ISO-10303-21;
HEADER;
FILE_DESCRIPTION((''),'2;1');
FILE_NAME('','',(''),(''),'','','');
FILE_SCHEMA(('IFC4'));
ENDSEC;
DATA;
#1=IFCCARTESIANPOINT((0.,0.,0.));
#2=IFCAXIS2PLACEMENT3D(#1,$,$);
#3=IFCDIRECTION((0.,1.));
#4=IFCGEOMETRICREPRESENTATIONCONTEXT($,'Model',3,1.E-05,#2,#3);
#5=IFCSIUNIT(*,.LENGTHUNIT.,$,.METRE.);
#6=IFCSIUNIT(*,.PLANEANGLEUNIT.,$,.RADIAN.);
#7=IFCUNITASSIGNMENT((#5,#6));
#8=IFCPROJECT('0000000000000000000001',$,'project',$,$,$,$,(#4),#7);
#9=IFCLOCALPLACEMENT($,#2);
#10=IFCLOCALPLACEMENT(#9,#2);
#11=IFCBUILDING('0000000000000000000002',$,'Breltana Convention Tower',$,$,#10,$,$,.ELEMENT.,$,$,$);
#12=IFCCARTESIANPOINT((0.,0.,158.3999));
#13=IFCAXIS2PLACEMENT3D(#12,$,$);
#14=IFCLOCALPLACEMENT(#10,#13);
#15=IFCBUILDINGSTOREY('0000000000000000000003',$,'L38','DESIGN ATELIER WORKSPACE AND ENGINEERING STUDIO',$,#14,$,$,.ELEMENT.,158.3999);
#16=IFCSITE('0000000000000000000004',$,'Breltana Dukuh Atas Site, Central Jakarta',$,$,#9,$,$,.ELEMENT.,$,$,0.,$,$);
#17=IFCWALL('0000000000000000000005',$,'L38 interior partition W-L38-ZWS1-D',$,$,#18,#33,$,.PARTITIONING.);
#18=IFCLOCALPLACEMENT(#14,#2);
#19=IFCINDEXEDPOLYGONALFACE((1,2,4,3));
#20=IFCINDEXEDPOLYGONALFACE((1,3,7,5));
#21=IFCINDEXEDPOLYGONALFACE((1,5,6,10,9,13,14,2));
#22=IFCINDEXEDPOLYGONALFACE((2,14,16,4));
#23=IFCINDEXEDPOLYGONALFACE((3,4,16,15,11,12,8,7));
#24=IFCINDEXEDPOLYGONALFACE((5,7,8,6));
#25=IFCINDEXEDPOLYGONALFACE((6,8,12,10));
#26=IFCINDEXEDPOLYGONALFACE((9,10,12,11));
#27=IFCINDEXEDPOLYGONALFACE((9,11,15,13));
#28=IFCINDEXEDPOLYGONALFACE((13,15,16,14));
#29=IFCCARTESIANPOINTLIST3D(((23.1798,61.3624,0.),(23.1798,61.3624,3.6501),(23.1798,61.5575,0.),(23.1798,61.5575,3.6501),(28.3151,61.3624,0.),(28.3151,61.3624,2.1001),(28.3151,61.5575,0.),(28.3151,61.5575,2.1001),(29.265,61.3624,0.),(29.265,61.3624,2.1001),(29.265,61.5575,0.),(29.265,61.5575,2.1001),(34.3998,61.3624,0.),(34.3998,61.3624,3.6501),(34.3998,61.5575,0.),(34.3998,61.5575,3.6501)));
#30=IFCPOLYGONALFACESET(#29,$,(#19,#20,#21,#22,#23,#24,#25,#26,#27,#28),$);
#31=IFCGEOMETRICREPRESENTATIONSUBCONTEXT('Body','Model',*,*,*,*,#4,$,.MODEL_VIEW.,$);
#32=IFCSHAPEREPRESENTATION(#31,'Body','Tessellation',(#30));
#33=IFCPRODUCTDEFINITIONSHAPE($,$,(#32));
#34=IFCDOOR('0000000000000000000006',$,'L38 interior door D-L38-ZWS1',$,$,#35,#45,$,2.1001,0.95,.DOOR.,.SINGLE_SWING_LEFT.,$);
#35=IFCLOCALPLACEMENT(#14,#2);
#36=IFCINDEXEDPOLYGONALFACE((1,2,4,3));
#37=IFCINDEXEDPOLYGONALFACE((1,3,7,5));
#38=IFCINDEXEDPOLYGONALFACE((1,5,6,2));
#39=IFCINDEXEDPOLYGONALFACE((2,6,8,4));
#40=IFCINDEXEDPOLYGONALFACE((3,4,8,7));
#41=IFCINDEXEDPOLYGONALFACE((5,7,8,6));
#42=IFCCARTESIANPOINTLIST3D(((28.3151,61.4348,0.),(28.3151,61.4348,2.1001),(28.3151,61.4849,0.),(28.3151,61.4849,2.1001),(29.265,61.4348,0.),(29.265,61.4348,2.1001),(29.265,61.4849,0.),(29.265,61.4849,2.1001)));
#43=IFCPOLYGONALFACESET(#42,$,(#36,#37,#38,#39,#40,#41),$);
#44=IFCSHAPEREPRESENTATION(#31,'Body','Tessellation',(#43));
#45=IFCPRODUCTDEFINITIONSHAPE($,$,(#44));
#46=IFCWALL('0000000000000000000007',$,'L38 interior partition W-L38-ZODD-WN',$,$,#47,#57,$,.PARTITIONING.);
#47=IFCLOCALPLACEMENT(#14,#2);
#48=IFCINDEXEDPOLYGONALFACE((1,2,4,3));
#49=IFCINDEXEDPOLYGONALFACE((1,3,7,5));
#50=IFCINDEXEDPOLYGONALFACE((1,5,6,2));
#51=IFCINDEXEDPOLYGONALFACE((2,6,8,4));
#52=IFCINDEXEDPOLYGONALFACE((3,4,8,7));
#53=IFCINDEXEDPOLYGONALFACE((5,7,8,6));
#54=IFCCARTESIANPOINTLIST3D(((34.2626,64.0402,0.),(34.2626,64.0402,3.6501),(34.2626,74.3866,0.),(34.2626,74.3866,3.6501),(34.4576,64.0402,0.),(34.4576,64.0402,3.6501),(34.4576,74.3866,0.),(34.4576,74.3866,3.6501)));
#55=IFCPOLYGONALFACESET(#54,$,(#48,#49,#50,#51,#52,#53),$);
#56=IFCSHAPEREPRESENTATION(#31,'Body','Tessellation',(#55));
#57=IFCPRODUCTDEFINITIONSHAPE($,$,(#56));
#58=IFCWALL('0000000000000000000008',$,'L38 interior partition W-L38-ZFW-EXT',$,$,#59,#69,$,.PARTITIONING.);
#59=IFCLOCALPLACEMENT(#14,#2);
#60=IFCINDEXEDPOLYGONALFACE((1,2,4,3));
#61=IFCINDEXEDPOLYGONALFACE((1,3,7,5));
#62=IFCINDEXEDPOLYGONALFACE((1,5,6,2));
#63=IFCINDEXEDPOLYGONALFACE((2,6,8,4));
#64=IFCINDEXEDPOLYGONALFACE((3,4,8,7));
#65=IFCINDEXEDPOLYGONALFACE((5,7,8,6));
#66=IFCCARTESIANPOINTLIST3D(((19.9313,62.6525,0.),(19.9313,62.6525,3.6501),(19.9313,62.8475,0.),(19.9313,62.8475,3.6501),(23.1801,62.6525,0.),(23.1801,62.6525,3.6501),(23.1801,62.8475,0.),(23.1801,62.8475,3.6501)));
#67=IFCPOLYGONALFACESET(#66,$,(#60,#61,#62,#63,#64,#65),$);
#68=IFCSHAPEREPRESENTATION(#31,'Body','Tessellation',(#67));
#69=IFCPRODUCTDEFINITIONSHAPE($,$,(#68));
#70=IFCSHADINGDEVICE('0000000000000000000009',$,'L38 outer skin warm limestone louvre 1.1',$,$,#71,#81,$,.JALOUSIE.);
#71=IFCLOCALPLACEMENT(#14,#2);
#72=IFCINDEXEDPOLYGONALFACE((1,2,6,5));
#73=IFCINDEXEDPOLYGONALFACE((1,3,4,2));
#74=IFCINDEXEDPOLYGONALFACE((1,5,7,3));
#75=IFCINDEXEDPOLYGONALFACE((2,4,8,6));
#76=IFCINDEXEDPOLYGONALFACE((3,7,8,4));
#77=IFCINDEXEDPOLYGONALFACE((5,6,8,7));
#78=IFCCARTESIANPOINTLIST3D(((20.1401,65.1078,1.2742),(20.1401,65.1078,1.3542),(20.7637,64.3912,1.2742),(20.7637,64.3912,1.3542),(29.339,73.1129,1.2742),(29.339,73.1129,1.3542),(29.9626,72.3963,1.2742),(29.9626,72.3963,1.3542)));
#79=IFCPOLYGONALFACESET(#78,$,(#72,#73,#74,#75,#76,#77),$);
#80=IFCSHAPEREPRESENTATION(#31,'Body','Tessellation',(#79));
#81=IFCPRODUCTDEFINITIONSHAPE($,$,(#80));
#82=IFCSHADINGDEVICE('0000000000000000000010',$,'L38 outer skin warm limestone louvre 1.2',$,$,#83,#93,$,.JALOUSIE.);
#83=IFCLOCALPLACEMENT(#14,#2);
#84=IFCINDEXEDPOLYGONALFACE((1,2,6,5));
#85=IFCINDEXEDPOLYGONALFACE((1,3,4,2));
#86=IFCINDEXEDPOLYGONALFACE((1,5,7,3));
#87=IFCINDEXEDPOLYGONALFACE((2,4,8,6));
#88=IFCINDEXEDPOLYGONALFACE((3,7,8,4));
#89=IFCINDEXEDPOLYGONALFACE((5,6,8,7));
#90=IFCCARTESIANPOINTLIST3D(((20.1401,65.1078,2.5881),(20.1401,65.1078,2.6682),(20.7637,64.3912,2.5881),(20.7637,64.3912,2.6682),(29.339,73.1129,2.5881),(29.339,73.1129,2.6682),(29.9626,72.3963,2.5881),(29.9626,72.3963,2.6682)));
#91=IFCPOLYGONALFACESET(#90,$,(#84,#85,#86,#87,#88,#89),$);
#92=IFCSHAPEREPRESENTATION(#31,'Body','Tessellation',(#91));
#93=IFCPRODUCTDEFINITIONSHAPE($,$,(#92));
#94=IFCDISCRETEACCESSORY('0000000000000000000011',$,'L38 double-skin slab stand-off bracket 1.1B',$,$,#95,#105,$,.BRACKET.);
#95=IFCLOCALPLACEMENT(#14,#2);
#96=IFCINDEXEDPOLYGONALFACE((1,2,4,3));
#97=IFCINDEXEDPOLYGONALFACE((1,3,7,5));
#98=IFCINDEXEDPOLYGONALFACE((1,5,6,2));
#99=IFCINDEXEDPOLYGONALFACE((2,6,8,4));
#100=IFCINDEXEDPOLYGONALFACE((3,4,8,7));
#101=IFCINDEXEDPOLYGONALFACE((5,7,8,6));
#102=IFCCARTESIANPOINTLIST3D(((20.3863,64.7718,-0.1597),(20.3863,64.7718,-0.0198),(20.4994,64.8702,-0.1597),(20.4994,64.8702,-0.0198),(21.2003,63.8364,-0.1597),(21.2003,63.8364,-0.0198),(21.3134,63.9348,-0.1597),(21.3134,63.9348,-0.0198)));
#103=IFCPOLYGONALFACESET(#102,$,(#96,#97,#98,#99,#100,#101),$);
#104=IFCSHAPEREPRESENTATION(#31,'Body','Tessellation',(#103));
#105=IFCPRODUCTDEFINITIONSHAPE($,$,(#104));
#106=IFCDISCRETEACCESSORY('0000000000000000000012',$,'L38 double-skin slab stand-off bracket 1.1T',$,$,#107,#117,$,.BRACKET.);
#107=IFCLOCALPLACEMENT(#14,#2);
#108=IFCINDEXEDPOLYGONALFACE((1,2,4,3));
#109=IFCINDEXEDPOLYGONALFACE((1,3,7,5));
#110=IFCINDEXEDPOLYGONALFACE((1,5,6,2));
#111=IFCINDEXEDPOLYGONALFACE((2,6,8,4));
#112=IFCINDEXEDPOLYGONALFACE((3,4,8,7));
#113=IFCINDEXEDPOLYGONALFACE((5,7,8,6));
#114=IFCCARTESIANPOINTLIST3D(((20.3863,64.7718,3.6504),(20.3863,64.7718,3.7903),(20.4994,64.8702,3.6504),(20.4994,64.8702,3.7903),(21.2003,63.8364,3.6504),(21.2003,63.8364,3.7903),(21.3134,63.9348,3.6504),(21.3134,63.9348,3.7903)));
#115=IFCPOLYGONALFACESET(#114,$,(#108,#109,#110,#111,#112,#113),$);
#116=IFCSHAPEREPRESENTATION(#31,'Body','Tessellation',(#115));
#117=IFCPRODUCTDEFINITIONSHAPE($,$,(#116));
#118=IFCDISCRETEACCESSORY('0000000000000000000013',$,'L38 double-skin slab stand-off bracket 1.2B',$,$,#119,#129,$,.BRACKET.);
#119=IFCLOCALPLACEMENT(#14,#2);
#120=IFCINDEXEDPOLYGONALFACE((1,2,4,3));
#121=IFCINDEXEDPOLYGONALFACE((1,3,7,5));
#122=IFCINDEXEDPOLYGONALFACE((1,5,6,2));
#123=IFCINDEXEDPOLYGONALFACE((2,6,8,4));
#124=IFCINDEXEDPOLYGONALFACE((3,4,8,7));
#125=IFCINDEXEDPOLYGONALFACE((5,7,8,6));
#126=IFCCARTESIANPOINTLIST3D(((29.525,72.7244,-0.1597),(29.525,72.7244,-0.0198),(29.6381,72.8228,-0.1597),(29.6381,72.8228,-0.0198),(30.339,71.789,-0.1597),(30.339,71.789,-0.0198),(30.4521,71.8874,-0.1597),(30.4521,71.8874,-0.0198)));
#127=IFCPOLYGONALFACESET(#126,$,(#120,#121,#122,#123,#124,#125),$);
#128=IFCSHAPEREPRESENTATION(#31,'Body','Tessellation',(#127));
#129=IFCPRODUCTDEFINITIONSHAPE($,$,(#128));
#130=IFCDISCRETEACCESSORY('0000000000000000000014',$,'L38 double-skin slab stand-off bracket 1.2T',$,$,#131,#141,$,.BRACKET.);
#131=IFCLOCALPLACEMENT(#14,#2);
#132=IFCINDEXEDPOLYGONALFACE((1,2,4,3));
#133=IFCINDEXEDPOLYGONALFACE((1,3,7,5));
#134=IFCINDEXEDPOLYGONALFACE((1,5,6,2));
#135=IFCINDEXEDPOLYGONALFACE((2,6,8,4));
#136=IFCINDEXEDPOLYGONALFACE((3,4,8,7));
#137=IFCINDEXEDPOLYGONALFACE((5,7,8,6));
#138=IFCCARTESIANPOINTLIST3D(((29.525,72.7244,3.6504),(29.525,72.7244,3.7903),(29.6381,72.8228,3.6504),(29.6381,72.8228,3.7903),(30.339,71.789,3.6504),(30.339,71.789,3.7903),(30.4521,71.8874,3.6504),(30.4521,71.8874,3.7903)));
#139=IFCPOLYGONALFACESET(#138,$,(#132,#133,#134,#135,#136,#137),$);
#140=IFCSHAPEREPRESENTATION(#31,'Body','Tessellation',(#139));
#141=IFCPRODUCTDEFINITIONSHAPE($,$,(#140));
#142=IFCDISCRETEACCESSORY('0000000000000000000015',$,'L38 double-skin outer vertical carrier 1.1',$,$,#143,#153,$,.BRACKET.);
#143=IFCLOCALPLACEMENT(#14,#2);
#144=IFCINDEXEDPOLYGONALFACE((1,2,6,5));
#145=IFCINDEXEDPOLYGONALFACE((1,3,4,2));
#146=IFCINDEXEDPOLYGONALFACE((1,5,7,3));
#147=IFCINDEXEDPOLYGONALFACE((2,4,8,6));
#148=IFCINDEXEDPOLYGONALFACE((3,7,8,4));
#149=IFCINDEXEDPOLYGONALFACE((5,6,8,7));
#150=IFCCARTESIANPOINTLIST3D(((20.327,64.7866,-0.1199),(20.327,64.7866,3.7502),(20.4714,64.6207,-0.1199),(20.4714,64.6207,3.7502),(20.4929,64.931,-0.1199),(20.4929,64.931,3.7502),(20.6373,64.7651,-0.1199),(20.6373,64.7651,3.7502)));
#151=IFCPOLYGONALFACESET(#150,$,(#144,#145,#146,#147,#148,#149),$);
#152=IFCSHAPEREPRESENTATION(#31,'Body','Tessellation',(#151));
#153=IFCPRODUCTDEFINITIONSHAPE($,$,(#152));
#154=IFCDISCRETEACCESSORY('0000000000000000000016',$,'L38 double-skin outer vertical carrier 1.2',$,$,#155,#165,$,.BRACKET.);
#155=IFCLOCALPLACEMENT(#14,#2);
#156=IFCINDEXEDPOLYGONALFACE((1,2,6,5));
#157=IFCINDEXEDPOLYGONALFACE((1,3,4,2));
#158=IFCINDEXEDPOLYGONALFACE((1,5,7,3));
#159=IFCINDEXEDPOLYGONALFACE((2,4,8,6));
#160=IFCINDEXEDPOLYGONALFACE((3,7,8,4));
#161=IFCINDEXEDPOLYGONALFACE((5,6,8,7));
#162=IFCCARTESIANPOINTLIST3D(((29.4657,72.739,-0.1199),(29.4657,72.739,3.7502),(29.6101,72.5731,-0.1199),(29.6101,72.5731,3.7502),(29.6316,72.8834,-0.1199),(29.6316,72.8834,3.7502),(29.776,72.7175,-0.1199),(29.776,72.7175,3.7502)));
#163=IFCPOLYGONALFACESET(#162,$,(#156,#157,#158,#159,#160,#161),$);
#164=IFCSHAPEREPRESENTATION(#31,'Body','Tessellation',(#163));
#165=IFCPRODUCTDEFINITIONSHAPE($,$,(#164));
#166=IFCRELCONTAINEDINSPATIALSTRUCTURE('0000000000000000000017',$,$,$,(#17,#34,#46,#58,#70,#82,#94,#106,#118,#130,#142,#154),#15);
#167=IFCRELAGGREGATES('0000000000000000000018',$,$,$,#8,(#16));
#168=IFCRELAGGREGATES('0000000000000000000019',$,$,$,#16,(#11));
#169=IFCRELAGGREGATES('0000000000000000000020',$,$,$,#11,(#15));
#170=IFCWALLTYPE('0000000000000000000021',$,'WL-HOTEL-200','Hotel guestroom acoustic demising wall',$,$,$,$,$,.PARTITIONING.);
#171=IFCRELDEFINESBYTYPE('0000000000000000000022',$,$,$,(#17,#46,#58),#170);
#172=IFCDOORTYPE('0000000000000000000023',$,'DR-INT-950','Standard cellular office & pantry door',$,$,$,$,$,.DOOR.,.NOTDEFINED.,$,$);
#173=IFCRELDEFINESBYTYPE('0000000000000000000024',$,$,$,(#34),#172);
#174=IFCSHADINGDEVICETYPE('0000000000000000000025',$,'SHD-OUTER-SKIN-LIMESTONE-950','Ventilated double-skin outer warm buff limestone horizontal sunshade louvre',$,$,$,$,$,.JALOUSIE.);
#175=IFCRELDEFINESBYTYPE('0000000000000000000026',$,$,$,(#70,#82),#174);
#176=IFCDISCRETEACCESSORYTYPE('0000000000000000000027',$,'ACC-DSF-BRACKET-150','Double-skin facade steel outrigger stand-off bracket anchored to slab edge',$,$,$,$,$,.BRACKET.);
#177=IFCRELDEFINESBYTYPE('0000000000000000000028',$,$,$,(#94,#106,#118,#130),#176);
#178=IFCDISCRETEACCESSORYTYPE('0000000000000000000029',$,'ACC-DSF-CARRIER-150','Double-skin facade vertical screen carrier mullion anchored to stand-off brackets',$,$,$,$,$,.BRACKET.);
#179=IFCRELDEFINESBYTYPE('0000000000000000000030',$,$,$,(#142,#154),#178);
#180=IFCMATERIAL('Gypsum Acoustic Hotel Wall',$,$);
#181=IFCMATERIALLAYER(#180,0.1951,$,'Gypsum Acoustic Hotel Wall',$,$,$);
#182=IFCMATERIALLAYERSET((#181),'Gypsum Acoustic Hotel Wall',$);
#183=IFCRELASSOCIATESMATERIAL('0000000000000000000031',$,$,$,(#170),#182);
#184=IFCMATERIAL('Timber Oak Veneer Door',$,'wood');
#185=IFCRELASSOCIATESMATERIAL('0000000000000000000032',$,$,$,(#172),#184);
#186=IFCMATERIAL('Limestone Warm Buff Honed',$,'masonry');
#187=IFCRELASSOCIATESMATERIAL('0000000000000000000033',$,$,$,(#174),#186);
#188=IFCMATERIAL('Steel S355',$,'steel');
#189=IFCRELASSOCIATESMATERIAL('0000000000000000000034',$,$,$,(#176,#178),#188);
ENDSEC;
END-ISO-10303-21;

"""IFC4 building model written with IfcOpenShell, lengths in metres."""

from ifc_helpers import new_model, si_unit, direction, frame, frame_2d, origin, origin_2d, place, context, subcontext, project, spatial, rectangle, extrude, source, transform, mapped, material, layer, layer_set, material_profile, profile_set, type_object, type_shapes, element, fill, save


model = new_model("IFC4")

# Units and contexts
model_context = context("Model", 3, precision=1e-05, world=origin(), true_north=direction((0.0, 1.0)))
body_context = subcontext(model_context, "Body", "Model", "MODEL_VIEW")
ifc_project = project(units=[si_unit("LENGTHUNIT", "METRE"), si_unit("PLANEANGLEUNIT", "RADIAN")], contexts=[model_context])

# Site, building, storey
site_placement = place(None, origin())
site = spatial("IfcSite", under=ifc_project, at=site_placement, Name="Breltana Dukuh Atas Site, Central Jakarta", CompositionType="ELEMENT", RefElevation=0.0)
building_placement = place(site_placement, origin())
building = spatial("IfcBuilding", under=site, at=building_placement, Name="Breltana Convention Tower", CompositionType="ELEMENT")
storey_placement = place(building_placement, frame((0.0, 0.0, 158.3999)))
storey = spatial("IfcBuildingStorey", under=building, at=storey_placement, Name="L38", Description="DESIGN ATELIER WORKSPACE AND ENGINEERING STUDIO", CompositionType="ELEMENT", Elevation=158.3999)

# Shared definitions
ifc_material_1 = material(Name="Gypsum Acoustic Hotel Wall")
ifc_layer_1 = layer(ifc_material_1, 0.1951, Name="Gypsum Acoustic Hotel Wall")
ifc_layer_set_1 = layer_set([ifc_layer_1], Name="Gypsum Acoustic Hotel Wall")
wall_type_1 = type_object("IfcWallType", Name="WL-HOTEL-200", Description="Hotel guestroom acoustic demising wall", PredefinedType="PARTITIONING", material=ifc_layer_set_1)

# Wall, opening, door
shared_shape_1 = source(origin(), body_context, "Body", "SweptSolid", [
    extrude(rectangle(XDim=11.22, YDim=0.1951, at=frame_2d((5.6099, 0.0))), origin(), (0.0, 0.0, 1.0), 3.6501),
])
ifc_material_2 = material(Name="Timber Oak Veneer Door", Category="wood")
door_type = type_object("IfcDoorType", Name="DR-INT-950", Description="Standard cellular office & pantry door", OperationType="NOTDEFINED", PredefinedType="DOOR", material=ifc_material_2)
shared_shape_2 = source(origin(), body_context, "Body", "SweptSolid", [
    extrude(rectangle(XDim=0.95, YDim=2.1001, at=frame_2d((0.4751, 1.05))), frame((0.0, 0.0249, 0.0), z_axis=(0.0, -1.0, 0.0), x_axis=(1.0, 0.0, 0.0)), (0.0, 0.0, 1.0), 0.05),
])
type_shapes(door_type, [shared_shape_2])
wall_1_placement = place(storey_placement, frame((23.1799, 61.46, 0.0), z_axis=(0.0, 0.0, 1.0), x_axis=(1.0, 0.0, 0.0)))
wall_1 = element("IfcWall", 1, at=wall_1_placement, inside=storey, type_object=wall_type_1, Name="L38 interior partition W-L38-ZWS1-D", PredefinedType="PARTITIONING", context=body_context, shape_type="MappedRepresentation", body=[
    mapped(shared_shape_1, transform((0.0, 0.0, 0.0), scale=1.0)),
])
opening_1_placement = place(wall_1_placement, frame((5.135, 0.0, 0.0)))
opening_1 = element("IfcOpeningElement", 2, at=opening_1_placement, cuts=wall_1, PredefinedType="OPENING", context=body_context, shape_type="SweptSolid", body=[
    extrude(rectangle(XDim=0.95, YDim=2.1001, at=frame_2d((0.4751, 1.05))), frame((0.0, 0.1074, 0.0), z_axis=(0.0, -1.0, 0.0), x_axis=(1.0, 0.0, 0.0)), (0.0, 0.0, 1.0), 0.2151),
])
door_1_placement = place(opening_1_placement, origin())
door_1 = element("IfcDoor", 3, at=door_1_placement, inside=storey, type_object=door_type, Name="L38 interior door D-L38-ZWS1", OperationType="SINGLE_SWING_LEFT", OverallHeight=2.1001, OverallWidth=0.95, PredefinedType="DOOR", context=body_context, shape_type="MappedRepresentation", body=[
    mapped(shared_shape_2, transform((0.0, 0.0, 0.0), scale=1.0)),
])
fill(opening_1, door_1)

# Walls
shared_shape_3 = source(origin(), body_context, "Body", "SweptSolid", [
    extrude(rectangle(XDim=10.3464, YDim=0.1951, at=frame_2d((5.1733, 0.0))), origin(), (0.0, 0.0, 1.0), 3.6501),
])
wall_2_placement = place(storey_placement, frame((34.3601, 64.04, 0.0), z_axis=(0.0, 0.0, 1.0), x_axis=(0.0, 1.0, 0.0)))
element("IfcWall", 4, at=wall_2_placement, inside=storey, type_object=wall_type_1, Name="L38 interior partition W-L38-ZODD-WN", PredefinedType="PARTITIONING", context=body_context, shape_type="MappedRepresentation", body=[
    mapped(shared_shape_3, transform((0.0, 0.0, 0.0), scale=1.0)),
])
shared_shape_4 = source(origin(), body_context, "Body", "SweptSolid", [
    extrude(rectangle(XDim=3.2488, YDim=0.1951, at=frame_2d((1.6245, 0.0))), origin(), (0.0, 0.0, 1.0), 3.6501),
])
wall_3_placement = place(storey_placement, frame((19.9312, 62.75, 0.0), z_axis=(0.0, 0.0, 1.0), x_axis=(1.0, 0.0, 0.0)))
element("IfcWall", 5, at=wall_3_placement, inside=storey, type_object=wall_type_1, Name="L38 interior partition W-L38-ZFW-EXT", PredefinedType="PARTITIONING", context=body_context, shape_type="MappedRepresentation", body=[
    mapped(shared_shape_4, transform((0.0, 0.0, 0.0), scale=1.0)),
])

# Shading devices
ifc_material_3 = material(Name="Limestone Warm Buff Honed", Category="masonry")
ifc_material_profile_1 = material_profile(ifc_material_3, rectangle(XDim=0.95, YDim=0.0801, at=origin_2d()), Name="STN-LVR-950X80")
ifc_profile_set_1 = profile_set([ifc_material_profile_1], Name="Limestone Warm Buff Honed")
shading_device_type = type_object("IfcShadingDeviceType", Name="SHD-OUTER-SKIN-LIMESTONE-950", Description="Ventilated double-skin outer warm buff limestone horizontal sunshade louvre", PredefinedType="JALOUSIE", material=ifc_profile_set_1)
shared_shape_5 = source(origin(), body_context, "Body", "SweptSolid", [
    extrude(rectangle(XDim=0.95, YDim=0.0801, at=origin_2d()), origin(), (0.0, 0.0, 1.0), 12.1943),
])
type_shapes(shading_device_type, [shared_shape_5])
for number, where, z_axis, x_axis, name in (
    (6, (20.4519, 64.7495, 1.3142), (0.754361, 0.65646, 0.0), (-0.65646, 0.754361, 0.0), "L38 outer skin warm limestone louvre 1.1"),
    (7, (20.4519, 64.7495, 2.6282), (0.754361, 0.65646, 0.0), (-0.65646, 0.754361, 0.0), "L38 outer skin warm limestone louvre 1.2"),
):
    element("IfcShadingDevice", number, at=place(storey_placement, frame(where, z_axis=z_axis, x_axis=x_axis)), inside=storey, type_object=shading_device_type, Name=name, PredefinedType="JALOUSIE", context=body_context, shape_type="MappedRepresentation", body=[
        mapped(shared_shape_5, transform((0.0, 0.0, 0.0), scale=1.0)),
    ])

# Discrete accessories
ifc_material_4 = material(Name="Steel S355", Category="steel")
discrete_accessory_type_1 = type_object("IfcDiscreteAccessoryType", Name="ACC-DSF-BRACKET-150", Description="Double-skin facade steel outrigger stand-off bracket anchored to slab edge", PredefinedType="BRACKET", material=ifc_material_4)
shared_shape_6 = source(origin(), body_context, "Body", "SweptSolid", [
    extrude(rectangle(XDim=1.24, YDim=0.1499, at=origin_2d()), origin(), (0.0, 0.0, 1.0), 0.1399),
])
type_shapes(discrete_accessory_type_1, [shared_shape_6])
for number, where, z_axis, x_axis, name in (
    (8, (20.8499, 64.3533, -0.1597), (0.0, 0.0, 1.0), (-0.656456, 0.754365, 0.0), "L38 double-skin slab stand-off bracket 1.1B"),
    (9, (20.8499, 64.3533, 3.6504), (0.0, 0.0, 1.0), (-0.656456, 0.754365, 0.0), "L38 double-skin slab stand-off bracket 1.1T"),
    (10, (29.9885, 72.3059, -0.1597), (0.0, 0.0, 1.0), (-0.656456, 0.754365, 0.0), "L38 double-skin slab stand-off bracket 1.2B"),
    (11, (29.9885, 72.3059, 3.6504), (0.0, 0.0, 1.0), (-0.656456, 0.754365, 0.0), "L38 double-skin slab stand-off bracket 1.2T"),
):
    element("IfcDiscreteAccessory", number, at=place(storey_placement, frame(where, z_axis=z_axis, x_axis=x_axis)), inside=storey, type_object=discrete_accessory_type_1, Name=name, PredefinedType="BRACKET", context=body_context, shape_type="MappedRepresentation", body=[
        mapped(shared_shape_6, transform((0.0, 0.0, 0.0), scale=1.0)),
    ])
discrete_accessory_type_2 = type_object("IfcDiscreteAccessoryType", Name="ACC-DSF-CARRIER-150", Description="Double-skin facade vertical screen carrier mullion anchored to stand-off brackets", PredefinedType="BRACKET", material=ifc_material_4)
shared_shape_7 = source(origin(), body_context, "Body", "SweptSolid", [
    extrude(rectangle(XDim=0.22, YDim=0.22, at=origin_2d()), origin(), (0.0, 0.0, 1.0), 3.8701),
])
for number, where, z_axis, x_axis, name in (
    (12, (20.4822, 64.7759, -0.1199), (0.0, 0.0, 1.0), (-0.656456, 0.754365, 0.0), "L38 double-skin outer vertical carrier 1.1"),
    (13, (29.6208, 72.7283, -0.1199), (0.0, 0.0, 1.0), (-0.656456, 0.754365, 0.0), "L38 double-skin outer vertical carrier 1.2"),
):
    element("IfcDiscreteAccessory", number, at=place(storey_placement, frame(where, z_axis=z_axis, x_axis=x_axis)), inside=storey, type_object=discrete_accessory_type_2, Name=name, PredefinedType="BRACKET", context=body_context, shape_type="MappedRepresentation", body=[
        mapped(shared_shape_7, transform((0.0, 0.0, 0.0), scale=1.0)),
    ])

save(model, "model.ifc")
